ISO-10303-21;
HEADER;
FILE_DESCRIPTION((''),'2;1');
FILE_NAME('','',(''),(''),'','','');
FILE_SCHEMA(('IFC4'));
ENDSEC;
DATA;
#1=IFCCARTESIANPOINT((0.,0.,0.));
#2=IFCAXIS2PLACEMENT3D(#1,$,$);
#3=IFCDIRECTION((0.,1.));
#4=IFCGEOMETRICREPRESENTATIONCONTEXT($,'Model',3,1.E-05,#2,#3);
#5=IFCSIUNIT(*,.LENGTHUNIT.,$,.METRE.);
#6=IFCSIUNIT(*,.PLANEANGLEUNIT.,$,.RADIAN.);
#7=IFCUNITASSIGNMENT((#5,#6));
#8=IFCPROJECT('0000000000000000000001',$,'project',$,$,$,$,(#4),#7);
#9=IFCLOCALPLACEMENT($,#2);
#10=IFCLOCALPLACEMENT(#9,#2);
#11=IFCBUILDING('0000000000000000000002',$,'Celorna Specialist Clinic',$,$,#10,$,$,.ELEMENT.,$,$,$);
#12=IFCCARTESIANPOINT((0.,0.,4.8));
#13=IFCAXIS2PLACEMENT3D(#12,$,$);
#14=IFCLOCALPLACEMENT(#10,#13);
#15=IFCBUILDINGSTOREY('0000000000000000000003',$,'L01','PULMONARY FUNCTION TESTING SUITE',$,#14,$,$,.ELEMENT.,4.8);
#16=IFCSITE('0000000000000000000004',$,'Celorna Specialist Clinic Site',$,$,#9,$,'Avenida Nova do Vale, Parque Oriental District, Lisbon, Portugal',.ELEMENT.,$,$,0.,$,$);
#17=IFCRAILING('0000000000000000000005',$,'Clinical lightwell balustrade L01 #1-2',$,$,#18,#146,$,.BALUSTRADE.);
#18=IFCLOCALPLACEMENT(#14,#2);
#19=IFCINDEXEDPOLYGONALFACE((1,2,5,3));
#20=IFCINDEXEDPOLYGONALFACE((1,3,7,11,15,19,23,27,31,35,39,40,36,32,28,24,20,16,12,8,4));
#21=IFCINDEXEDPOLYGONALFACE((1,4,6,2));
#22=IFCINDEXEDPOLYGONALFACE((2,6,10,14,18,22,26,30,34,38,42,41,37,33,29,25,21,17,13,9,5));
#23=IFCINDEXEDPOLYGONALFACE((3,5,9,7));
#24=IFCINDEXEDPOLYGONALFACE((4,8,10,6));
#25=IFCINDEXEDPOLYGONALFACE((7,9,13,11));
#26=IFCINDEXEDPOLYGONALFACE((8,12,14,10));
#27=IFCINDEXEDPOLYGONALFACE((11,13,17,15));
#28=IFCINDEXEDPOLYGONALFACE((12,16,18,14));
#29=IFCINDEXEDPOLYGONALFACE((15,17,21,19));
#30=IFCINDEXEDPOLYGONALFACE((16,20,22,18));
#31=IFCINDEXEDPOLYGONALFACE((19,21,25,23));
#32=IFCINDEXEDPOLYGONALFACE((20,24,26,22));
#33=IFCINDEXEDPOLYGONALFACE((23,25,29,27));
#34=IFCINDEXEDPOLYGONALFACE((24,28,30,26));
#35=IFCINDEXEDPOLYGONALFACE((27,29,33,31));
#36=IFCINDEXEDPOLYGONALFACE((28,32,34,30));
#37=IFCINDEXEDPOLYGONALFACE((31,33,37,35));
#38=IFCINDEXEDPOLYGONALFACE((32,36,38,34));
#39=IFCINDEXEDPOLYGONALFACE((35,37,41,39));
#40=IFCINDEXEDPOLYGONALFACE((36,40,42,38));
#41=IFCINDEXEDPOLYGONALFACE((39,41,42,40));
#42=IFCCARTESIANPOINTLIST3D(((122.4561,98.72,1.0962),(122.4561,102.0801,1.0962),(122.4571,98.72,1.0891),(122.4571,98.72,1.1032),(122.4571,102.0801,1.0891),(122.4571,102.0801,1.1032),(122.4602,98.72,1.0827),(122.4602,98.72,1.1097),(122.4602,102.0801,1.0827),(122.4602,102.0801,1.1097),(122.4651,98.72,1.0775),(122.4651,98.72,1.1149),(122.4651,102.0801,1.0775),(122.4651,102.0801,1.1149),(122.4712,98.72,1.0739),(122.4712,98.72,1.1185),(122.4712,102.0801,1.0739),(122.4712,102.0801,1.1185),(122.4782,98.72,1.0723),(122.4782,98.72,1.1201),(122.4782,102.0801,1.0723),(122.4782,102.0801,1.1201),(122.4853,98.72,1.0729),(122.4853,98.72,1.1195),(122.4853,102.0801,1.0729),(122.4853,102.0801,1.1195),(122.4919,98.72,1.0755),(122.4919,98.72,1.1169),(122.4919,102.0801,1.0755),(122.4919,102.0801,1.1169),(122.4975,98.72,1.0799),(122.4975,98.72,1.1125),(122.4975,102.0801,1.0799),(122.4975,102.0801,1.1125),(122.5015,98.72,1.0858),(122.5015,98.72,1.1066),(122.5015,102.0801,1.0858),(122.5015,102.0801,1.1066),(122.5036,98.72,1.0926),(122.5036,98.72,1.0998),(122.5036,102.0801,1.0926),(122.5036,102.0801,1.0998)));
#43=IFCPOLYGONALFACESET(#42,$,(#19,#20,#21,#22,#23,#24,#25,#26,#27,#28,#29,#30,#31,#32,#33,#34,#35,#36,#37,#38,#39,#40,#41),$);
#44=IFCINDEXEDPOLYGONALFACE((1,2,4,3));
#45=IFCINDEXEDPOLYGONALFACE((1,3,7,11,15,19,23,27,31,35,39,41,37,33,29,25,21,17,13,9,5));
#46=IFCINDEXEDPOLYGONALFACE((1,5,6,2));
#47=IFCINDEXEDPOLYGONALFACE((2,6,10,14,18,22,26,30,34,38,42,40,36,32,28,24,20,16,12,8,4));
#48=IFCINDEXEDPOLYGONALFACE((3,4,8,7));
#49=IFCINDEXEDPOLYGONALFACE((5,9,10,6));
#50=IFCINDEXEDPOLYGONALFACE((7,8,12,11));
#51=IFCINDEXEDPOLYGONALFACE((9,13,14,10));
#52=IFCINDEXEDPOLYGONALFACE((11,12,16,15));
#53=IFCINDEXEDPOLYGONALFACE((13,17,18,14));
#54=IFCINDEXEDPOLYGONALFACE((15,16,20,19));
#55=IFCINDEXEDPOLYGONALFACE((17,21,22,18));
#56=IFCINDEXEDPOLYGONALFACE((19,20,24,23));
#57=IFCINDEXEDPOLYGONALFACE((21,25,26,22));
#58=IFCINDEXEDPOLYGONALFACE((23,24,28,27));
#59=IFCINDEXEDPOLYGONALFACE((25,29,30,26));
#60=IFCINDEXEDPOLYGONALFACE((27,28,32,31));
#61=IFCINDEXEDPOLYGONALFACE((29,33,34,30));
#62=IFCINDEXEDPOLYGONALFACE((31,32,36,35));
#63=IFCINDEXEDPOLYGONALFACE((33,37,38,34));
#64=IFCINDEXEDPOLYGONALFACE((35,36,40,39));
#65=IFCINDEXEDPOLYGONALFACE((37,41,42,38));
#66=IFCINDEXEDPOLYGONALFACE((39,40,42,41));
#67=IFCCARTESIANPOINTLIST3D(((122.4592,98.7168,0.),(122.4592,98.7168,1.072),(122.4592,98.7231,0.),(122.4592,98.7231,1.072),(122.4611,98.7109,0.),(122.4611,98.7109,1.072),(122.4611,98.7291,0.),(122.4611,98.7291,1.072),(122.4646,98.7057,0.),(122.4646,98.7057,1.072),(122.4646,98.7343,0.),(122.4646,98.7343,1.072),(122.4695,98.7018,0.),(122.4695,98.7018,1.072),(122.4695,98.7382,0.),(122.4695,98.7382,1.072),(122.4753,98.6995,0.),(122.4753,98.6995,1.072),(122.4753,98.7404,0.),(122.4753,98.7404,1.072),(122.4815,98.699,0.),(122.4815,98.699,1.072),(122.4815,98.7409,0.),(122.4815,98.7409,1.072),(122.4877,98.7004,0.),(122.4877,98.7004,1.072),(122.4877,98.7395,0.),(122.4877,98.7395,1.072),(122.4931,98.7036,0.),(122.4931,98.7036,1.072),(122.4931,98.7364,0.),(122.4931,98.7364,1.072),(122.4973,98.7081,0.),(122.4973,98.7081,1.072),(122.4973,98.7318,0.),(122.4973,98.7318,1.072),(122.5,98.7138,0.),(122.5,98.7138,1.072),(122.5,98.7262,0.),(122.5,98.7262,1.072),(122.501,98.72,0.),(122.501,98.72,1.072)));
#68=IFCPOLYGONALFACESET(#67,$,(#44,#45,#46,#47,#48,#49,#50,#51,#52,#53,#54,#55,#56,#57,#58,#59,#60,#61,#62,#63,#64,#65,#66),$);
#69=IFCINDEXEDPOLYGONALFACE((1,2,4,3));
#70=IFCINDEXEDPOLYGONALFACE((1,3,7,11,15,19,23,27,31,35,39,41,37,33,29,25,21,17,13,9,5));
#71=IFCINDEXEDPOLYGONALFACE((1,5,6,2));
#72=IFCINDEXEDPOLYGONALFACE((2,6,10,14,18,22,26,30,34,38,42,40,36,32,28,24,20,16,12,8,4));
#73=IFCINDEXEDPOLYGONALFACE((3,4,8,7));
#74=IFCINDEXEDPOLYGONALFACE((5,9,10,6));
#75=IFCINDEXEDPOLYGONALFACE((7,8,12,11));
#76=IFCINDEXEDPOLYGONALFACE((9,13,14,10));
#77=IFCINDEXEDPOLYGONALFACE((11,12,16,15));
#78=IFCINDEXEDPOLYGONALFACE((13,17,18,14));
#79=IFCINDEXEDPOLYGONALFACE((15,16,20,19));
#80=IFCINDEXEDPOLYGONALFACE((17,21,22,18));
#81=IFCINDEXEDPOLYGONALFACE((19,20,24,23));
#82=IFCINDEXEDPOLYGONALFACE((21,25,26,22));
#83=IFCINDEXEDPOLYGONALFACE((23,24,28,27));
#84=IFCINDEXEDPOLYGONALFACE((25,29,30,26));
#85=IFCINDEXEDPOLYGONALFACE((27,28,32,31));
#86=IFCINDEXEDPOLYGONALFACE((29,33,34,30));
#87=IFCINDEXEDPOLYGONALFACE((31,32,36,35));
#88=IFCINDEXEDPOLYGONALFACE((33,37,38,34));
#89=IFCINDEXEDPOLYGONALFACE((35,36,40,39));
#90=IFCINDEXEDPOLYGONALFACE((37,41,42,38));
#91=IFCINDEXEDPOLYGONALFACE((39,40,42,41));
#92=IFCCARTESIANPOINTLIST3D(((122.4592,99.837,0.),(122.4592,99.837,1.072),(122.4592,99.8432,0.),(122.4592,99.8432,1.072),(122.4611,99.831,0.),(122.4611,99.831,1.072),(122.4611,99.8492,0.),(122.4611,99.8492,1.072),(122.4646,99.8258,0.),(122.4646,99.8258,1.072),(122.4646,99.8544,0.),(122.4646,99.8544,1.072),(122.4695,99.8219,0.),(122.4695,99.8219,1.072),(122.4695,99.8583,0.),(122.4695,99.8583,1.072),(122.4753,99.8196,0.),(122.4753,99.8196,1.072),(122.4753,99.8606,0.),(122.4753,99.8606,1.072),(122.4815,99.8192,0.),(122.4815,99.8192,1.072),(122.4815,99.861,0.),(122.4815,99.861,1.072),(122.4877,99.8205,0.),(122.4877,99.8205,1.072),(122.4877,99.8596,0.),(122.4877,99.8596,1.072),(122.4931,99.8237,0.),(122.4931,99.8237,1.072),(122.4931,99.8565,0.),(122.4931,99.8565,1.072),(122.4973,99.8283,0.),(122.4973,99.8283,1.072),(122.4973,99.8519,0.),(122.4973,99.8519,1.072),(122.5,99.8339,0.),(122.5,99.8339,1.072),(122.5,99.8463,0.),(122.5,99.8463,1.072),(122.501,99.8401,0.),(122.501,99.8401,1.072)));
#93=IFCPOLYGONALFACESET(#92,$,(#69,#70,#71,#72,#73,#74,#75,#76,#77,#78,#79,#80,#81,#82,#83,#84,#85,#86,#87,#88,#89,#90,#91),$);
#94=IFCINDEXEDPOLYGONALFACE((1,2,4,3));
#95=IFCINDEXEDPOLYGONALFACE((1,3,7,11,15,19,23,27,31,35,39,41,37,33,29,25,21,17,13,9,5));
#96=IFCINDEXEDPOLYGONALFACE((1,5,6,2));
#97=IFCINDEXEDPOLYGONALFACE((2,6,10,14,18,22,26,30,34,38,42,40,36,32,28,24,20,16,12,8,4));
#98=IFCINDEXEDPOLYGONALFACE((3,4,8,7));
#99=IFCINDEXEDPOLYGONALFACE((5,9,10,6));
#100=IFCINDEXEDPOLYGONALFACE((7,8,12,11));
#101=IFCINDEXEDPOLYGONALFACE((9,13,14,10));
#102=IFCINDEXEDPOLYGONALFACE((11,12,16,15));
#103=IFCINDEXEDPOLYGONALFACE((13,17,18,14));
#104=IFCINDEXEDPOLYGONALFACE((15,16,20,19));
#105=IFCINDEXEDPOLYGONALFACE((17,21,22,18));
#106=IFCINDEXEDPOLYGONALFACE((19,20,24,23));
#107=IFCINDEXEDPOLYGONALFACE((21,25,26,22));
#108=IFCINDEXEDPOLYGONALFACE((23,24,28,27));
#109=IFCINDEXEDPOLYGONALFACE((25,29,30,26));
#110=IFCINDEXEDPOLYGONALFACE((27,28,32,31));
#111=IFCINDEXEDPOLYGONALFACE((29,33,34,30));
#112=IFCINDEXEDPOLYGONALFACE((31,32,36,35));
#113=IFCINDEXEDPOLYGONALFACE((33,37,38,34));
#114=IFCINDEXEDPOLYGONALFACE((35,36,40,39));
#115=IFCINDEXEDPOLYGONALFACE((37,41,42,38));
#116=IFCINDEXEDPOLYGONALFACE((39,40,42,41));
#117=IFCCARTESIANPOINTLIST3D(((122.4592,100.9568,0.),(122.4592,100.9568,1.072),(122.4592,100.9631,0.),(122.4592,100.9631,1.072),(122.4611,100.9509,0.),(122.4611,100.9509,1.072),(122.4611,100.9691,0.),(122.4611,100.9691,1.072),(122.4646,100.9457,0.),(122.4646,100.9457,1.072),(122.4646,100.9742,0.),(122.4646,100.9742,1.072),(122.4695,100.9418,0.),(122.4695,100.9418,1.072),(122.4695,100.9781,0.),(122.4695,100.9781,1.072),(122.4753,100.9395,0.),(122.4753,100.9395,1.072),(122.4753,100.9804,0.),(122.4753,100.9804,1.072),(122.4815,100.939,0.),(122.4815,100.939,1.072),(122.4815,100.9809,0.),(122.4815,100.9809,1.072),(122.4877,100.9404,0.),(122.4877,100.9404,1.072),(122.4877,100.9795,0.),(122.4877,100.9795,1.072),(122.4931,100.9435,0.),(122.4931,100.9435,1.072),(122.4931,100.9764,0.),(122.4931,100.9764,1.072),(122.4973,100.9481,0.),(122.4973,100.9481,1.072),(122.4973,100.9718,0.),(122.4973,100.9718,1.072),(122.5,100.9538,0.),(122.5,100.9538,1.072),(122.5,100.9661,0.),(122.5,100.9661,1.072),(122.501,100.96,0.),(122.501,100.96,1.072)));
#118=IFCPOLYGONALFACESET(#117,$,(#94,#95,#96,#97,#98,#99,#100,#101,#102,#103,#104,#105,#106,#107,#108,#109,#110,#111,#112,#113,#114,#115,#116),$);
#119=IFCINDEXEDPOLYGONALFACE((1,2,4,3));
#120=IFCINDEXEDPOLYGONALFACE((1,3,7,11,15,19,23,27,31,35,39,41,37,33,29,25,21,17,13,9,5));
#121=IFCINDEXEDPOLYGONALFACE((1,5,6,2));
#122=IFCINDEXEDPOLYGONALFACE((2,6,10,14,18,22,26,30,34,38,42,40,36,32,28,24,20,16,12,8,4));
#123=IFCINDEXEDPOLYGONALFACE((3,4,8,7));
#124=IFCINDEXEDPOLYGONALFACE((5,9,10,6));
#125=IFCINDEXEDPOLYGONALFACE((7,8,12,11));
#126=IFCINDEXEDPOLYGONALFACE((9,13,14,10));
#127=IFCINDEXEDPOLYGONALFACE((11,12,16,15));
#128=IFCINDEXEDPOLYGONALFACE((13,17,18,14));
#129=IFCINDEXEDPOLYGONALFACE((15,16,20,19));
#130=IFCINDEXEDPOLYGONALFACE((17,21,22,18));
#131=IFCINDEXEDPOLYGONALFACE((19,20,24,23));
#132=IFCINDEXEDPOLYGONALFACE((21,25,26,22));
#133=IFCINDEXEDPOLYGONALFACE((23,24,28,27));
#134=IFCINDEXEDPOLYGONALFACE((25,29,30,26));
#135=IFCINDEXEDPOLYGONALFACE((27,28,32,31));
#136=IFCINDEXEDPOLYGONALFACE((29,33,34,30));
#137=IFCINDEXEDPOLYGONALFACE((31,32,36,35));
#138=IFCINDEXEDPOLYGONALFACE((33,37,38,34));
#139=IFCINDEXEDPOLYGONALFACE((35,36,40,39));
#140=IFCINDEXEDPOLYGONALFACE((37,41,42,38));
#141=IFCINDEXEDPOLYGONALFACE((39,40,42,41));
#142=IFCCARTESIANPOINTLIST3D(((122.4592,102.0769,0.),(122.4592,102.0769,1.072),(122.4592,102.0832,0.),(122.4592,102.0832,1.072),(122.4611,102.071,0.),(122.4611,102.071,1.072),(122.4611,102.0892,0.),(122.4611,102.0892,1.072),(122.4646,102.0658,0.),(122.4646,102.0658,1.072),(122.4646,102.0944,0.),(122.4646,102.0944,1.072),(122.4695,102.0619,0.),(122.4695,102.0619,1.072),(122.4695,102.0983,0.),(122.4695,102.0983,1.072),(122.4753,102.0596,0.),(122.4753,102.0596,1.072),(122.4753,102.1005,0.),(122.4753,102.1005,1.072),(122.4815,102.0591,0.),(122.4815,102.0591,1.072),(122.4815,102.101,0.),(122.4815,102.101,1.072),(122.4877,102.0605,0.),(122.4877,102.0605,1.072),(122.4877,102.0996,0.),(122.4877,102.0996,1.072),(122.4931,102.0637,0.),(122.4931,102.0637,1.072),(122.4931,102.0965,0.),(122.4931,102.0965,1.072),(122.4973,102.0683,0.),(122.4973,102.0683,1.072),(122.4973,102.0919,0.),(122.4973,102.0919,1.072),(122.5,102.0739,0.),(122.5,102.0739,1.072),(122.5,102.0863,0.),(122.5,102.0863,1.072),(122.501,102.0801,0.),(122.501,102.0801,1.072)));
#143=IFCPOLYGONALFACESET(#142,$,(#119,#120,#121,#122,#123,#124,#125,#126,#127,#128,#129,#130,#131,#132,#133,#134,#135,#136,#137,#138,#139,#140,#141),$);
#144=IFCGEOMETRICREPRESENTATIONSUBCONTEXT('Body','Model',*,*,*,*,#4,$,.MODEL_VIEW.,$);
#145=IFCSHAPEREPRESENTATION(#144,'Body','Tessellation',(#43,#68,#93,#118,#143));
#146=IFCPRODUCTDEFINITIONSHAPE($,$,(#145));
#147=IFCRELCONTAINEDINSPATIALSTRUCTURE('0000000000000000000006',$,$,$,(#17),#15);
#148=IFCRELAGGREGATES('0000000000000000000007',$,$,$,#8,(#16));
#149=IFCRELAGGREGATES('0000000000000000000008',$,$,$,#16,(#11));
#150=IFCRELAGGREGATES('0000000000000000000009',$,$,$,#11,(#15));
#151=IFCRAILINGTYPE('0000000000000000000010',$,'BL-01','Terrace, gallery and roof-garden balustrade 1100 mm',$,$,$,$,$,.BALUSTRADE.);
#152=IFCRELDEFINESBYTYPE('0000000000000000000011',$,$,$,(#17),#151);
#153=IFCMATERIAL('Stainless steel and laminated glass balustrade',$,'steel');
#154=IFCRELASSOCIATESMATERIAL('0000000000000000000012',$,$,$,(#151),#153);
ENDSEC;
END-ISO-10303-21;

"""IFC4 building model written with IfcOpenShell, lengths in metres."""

from ifc_helpers import new_model, si_unit, direction, frame, origin, origin_2d, place, context, subcontext, project, spatial, circle, extrude, material, type_object, element, save


model = new_model("IFC4")

# Units and contexts
model_context = context("Model", 3, precision=1e-05, world=origin(), true_north=direction((0.0, 1.0)))
body_context = subcontext(model_context, "Body", "Model", "MODEL_VIEW")
ifc_project = project(units=[si_unit("LENGTHUNIT", "METRE"), si_unit("PLANEANGLEUNIT", "RADIAN")], contexts=[model_context])

# Site, building, storey
site_placement = place(None, origin())
site = spatial("IfcSite", under=ifc_project, at=site_placement, Name="Celorna Specialist Clinic Site", LongName="Avenida Nova do Vale, Parque Oriental District, Lisbon, Portugal", CompositionType="ELEMENT", RefElevation=0.0)
building_placement = place(site_placement, origin())
building = spatial("IfcBuilding", under=site, at=building_placement, Name="Celorna Specialist Clinic", CompositionType="ELEMENT")
storey_placement = place(building_placement, frame((0.0, 0.0, 4.8)))
storey = spatial("IfcBuildingStorey", under=building, at=storey_placement, Name="L01", Description="PULMONARY FUNCTION TESTING SUITE", CompositionType="ELEMENT", Elevation=4.8)

# Railing
ifc_material_1 = material(Name="Stainless steel and laminated glass balustrade", Category="steel")
railing_type = type_object("IfcRailingType", Name="BL-01", Description="Terrace, gallery and roof-garden balustrade 1100 mm", PredefinedType="BALUSTRADE", material=ifc_material_1)
railing_1_placement = place(storey_placement, frame((122.48, 98.72, 0.0)))
element("IfcRailing", 1, at=railing_1_placement, inside=storey, type_object=railing_type, Name="Clinical lightwell balustrade L01 #1-2", PredefinedType="BALUSTRADE", context=body_context, shape_type="SweptSolid", body=[
    extrude(circle(Radius=0.0239, at=origin_2d()), frame((0.0, 0.0, 1.0962), z_axis=(0.0, 1.0, 0.0), x_axis=(-1.0, 0.0, 0.0)), (0.0, 0.0, 1.0), 3.3601),
    extrude(circle(Radius=0.021, at=origin_2d()), origin(), (0.0, 0.0, 1.0), 1.072),
    extrude(circle(Radius=0.021, at=origin_2d()), frame((0.0, 1.1201, 0.0)), (0.0, 0.0, 1.0), 1.072),
    extrude(circle(Radius=0.021, at=origin_2d()), frame((0.0, 2.24, 0.0)), (0.0, 0.0, 1.0), 1.072),
    extrude(circle(Radius=0.021, at=origin_2d()), frame((0.0, 3.3601, 0.0)), (0.0, 0.0, 1.0), 1.072),
])

save(model, "model.ifc")
